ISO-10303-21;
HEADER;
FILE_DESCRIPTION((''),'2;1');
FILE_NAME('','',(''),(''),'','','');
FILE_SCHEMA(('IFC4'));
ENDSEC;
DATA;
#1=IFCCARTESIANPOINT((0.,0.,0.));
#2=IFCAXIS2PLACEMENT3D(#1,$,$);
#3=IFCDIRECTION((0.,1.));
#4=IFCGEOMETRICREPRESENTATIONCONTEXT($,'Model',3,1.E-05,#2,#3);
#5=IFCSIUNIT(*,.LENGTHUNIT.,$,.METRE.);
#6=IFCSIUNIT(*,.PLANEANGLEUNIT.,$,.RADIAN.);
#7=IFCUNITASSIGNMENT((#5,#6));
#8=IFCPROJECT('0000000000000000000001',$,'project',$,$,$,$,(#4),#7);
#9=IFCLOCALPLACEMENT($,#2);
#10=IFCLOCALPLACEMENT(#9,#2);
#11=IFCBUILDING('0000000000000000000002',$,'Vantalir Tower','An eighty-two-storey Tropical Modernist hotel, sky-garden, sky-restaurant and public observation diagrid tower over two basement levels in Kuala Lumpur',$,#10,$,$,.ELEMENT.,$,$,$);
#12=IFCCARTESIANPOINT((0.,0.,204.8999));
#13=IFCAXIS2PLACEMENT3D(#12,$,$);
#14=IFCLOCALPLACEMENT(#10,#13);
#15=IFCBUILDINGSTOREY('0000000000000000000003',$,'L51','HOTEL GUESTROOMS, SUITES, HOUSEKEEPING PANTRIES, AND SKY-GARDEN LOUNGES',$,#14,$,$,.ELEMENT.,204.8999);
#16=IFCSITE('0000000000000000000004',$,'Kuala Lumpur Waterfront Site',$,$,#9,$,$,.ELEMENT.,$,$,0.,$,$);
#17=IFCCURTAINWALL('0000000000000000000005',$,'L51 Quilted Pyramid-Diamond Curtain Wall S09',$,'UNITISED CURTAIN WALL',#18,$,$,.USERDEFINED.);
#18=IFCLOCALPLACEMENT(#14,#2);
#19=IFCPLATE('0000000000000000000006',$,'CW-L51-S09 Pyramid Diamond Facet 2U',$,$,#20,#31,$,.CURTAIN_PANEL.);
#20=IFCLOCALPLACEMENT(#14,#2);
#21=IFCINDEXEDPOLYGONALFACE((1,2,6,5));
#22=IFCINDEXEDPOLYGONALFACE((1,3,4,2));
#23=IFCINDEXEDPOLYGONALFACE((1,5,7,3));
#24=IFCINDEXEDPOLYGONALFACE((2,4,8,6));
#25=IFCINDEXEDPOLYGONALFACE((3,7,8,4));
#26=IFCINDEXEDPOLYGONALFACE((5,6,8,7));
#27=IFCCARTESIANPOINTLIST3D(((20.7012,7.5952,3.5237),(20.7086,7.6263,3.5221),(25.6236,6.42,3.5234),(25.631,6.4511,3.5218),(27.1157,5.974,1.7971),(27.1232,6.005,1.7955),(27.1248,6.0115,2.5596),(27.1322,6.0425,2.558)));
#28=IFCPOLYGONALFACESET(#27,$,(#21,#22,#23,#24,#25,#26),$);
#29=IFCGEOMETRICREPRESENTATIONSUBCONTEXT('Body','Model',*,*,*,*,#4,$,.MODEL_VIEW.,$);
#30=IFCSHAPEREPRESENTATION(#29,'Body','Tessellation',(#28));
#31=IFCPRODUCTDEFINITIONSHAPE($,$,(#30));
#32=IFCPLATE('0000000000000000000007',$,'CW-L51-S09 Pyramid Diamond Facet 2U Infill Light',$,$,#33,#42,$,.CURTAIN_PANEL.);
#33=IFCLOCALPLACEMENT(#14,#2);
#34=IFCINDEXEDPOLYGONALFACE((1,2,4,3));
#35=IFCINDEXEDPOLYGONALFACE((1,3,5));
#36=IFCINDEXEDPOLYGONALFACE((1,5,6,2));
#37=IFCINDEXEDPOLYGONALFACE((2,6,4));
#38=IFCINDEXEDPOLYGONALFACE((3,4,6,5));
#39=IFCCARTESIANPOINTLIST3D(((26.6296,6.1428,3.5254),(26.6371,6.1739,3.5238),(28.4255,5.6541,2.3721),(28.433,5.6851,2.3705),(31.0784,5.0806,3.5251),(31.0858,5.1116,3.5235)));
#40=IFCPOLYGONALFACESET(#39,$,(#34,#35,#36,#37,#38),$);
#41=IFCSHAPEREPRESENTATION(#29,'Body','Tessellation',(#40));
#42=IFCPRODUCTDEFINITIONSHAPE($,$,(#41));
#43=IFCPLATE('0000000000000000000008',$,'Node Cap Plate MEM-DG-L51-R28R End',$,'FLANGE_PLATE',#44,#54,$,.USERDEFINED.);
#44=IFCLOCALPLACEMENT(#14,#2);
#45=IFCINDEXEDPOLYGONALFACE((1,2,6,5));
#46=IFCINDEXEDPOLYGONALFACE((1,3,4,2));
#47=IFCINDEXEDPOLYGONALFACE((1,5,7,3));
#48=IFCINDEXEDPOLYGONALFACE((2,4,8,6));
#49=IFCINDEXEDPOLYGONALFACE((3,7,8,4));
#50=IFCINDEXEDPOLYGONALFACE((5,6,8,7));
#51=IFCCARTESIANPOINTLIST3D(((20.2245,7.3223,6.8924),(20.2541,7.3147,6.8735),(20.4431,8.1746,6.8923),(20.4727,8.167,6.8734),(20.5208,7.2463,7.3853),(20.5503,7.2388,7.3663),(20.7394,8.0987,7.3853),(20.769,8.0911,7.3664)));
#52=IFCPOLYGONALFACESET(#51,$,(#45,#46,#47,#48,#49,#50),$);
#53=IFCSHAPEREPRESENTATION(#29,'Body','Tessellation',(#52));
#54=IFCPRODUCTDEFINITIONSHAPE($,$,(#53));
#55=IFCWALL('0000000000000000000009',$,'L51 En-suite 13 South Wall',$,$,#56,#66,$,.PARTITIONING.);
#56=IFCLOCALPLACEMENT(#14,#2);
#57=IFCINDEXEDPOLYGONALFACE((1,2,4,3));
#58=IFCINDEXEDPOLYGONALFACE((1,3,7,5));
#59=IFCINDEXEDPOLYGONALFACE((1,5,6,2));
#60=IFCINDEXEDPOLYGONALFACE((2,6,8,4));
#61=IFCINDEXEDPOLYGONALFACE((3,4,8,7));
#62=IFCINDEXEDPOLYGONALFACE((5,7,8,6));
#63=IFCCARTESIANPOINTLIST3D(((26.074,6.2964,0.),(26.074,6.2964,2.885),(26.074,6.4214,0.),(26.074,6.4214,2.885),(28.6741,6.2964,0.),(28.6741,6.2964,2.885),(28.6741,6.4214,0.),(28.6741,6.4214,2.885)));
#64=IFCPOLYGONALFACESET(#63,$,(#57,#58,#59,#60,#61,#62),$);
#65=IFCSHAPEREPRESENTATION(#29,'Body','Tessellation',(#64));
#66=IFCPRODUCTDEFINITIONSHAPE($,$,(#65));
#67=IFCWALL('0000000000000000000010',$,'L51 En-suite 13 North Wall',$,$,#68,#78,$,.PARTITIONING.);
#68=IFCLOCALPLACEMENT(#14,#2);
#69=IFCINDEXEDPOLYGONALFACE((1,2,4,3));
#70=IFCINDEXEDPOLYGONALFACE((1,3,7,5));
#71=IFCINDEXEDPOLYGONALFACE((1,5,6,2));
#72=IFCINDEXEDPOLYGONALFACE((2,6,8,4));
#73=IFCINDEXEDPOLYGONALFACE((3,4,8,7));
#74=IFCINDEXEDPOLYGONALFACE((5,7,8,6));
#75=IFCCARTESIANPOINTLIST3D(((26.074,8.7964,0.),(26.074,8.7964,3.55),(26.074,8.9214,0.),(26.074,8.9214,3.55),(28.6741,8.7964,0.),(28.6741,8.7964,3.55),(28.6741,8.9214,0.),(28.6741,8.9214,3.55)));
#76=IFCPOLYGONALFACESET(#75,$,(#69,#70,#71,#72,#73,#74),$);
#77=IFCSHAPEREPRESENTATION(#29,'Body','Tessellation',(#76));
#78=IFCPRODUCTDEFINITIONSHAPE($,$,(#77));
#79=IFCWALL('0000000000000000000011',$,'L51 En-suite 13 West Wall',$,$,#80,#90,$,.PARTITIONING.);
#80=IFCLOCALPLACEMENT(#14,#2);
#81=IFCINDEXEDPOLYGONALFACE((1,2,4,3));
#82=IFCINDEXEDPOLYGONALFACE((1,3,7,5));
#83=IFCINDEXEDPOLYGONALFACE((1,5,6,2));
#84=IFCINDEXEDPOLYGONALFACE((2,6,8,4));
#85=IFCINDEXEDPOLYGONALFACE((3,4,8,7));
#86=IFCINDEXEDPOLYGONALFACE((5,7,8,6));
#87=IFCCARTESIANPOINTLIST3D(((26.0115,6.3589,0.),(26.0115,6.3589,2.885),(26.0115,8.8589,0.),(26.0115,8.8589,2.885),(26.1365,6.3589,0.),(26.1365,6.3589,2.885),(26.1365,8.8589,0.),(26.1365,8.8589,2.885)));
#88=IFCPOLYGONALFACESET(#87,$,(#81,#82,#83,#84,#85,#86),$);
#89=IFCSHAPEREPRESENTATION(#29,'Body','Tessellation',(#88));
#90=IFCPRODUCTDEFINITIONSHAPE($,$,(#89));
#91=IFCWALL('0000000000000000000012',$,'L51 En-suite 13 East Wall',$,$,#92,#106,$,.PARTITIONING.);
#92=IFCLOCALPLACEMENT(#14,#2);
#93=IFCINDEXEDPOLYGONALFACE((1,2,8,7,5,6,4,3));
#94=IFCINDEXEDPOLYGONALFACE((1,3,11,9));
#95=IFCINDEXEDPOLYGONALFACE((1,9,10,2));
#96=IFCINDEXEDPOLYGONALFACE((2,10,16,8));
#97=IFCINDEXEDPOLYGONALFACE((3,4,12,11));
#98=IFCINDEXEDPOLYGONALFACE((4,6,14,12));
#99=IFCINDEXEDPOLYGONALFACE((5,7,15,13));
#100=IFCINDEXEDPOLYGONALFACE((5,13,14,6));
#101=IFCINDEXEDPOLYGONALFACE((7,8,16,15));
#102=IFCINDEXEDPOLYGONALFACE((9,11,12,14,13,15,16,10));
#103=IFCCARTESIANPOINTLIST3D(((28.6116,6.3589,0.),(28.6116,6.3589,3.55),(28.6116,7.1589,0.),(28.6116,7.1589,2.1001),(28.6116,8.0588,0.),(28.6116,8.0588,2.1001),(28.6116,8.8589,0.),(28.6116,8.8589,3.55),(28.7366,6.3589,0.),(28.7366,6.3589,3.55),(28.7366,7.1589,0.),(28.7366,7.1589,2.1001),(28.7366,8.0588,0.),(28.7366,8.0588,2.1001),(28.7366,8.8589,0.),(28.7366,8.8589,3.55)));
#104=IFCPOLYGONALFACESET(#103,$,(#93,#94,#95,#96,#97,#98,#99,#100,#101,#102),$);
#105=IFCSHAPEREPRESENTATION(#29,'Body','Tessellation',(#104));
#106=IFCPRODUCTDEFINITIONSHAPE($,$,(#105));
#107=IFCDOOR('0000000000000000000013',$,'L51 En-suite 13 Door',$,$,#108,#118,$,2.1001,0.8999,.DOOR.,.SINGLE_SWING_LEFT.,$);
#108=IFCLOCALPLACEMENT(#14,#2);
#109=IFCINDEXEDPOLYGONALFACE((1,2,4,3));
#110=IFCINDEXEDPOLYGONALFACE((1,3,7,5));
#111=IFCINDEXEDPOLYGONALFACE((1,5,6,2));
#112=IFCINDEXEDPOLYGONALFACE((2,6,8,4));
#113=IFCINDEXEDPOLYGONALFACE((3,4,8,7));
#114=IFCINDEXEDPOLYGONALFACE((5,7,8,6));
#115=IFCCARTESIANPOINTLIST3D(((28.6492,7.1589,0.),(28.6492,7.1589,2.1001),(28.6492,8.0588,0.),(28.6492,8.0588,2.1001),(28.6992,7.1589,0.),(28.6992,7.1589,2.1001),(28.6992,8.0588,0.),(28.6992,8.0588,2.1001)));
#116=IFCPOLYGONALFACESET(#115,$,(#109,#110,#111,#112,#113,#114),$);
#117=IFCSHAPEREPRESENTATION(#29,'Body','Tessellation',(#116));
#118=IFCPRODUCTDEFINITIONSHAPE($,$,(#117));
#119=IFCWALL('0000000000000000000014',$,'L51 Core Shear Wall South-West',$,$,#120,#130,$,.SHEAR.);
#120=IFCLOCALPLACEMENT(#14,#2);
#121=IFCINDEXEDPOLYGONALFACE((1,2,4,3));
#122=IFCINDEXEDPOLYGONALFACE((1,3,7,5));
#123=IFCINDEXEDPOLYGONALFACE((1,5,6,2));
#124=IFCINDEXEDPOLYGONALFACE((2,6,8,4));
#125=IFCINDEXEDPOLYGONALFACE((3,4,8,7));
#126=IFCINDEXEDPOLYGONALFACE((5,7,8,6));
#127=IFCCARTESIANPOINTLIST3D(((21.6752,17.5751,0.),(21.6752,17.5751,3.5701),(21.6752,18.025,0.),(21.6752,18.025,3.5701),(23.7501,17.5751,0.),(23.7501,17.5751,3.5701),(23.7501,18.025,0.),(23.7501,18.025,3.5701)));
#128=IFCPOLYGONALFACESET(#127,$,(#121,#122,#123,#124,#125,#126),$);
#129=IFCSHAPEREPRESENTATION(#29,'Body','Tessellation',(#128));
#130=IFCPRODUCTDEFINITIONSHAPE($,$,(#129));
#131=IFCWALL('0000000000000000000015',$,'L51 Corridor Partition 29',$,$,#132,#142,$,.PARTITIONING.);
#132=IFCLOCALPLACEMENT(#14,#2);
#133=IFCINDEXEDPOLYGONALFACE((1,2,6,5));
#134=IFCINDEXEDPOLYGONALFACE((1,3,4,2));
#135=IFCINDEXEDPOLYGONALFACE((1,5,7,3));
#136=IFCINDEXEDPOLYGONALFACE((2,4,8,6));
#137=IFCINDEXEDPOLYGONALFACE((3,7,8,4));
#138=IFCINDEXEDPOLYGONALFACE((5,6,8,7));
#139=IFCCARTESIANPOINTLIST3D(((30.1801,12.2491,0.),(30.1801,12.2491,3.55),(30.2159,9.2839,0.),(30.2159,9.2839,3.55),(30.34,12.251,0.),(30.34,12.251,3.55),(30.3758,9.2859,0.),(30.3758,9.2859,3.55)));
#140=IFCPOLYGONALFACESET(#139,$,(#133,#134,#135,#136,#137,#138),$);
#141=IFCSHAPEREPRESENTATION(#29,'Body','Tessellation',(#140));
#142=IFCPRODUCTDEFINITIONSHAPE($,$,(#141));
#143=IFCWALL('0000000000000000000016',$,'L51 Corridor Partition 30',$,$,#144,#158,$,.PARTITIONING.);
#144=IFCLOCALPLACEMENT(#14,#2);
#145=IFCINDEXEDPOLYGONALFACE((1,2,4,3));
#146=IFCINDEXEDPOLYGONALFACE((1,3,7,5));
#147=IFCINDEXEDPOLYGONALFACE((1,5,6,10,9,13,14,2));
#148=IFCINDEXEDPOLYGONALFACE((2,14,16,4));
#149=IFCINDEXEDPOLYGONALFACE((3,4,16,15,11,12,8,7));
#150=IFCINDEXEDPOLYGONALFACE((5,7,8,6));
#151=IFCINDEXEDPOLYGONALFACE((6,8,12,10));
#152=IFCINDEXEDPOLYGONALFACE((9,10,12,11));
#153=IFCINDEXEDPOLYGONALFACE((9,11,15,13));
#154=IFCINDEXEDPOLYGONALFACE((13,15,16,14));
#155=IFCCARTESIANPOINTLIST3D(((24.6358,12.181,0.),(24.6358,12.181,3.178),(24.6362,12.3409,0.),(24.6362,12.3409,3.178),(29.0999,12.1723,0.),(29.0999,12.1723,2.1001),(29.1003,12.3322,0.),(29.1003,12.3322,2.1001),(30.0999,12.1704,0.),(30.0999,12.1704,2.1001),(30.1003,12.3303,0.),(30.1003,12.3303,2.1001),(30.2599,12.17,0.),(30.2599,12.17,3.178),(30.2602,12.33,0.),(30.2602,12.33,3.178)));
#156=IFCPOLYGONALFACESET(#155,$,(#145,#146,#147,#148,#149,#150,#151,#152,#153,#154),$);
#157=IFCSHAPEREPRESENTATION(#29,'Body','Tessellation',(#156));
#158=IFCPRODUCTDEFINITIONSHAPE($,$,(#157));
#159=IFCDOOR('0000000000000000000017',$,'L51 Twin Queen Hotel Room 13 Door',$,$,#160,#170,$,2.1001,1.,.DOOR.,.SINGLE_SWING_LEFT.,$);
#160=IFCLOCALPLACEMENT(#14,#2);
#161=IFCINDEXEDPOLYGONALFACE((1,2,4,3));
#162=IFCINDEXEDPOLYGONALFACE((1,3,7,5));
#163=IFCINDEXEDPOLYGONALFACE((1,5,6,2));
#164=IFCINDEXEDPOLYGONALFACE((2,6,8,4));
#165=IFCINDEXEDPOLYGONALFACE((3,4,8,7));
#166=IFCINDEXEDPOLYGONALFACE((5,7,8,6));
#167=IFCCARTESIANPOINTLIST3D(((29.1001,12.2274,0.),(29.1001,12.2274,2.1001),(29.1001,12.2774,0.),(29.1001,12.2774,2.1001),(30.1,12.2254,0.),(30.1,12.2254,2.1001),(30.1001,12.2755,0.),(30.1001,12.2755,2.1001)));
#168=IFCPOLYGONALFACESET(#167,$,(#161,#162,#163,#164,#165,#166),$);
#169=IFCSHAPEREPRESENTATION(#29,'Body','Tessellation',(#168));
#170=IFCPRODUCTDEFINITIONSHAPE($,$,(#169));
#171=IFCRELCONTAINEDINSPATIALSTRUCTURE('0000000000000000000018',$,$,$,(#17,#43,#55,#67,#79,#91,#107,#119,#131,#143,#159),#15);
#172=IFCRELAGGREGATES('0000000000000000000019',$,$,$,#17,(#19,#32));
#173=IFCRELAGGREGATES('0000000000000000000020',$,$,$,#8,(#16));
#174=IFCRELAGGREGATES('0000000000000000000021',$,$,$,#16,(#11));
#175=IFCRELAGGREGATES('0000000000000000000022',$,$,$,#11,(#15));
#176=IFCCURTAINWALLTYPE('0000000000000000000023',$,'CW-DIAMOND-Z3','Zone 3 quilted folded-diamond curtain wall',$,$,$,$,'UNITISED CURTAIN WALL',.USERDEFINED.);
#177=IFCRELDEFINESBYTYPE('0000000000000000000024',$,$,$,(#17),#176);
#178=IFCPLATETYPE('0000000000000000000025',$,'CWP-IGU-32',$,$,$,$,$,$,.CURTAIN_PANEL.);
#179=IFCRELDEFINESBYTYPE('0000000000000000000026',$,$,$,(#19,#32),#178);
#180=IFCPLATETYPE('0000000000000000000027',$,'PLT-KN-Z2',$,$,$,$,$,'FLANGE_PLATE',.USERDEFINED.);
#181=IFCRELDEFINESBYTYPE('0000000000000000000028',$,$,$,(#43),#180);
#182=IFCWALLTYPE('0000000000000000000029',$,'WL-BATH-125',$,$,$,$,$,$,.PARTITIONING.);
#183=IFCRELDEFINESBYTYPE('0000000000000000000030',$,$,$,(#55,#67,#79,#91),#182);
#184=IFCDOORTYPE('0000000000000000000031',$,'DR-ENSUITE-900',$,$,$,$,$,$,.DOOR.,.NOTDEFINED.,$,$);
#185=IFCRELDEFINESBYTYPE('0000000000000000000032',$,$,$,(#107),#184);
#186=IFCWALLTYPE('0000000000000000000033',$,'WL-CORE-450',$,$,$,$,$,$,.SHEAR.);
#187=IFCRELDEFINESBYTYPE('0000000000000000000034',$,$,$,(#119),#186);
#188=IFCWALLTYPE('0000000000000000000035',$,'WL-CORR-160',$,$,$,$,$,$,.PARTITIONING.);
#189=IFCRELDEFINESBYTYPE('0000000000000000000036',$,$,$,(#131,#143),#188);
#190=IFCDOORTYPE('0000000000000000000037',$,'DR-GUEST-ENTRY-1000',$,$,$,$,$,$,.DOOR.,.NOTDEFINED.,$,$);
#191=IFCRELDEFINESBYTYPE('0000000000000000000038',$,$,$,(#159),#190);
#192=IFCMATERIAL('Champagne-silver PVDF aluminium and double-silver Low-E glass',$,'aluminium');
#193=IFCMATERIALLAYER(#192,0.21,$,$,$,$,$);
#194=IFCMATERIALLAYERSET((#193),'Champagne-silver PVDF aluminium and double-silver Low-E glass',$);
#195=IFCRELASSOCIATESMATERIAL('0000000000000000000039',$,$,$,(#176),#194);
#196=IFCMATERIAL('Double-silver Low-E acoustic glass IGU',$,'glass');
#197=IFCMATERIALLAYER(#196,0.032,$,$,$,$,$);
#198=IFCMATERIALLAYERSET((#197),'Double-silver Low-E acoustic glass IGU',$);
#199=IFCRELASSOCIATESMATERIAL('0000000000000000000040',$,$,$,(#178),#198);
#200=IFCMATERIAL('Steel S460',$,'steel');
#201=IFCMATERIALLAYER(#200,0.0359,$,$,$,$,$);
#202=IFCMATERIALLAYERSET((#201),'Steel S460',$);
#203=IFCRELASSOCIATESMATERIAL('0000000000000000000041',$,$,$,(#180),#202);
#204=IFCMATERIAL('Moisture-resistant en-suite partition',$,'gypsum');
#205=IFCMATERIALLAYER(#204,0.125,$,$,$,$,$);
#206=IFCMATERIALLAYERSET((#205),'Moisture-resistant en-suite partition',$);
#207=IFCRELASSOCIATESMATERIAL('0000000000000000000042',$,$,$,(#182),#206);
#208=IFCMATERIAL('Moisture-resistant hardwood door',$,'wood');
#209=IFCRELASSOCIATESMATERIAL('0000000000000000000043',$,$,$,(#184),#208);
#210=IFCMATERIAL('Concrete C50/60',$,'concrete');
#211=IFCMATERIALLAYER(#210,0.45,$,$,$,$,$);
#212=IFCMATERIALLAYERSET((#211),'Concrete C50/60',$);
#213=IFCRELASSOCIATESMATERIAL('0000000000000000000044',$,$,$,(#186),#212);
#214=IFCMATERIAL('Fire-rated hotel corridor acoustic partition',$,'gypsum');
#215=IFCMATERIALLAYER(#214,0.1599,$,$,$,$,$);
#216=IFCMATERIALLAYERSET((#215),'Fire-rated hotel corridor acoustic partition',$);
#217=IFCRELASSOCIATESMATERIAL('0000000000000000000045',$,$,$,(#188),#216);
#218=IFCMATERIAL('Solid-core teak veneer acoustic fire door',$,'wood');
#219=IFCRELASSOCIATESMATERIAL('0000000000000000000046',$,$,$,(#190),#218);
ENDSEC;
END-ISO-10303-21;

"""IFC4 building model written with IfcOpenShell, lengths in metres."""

from ifc_helpers import new_model, si_unit, direction, frame, frame_2d, origin, place, context, subcontext, project, spatial, polyline, rectangle, outline, extrude, material, layer, layer_set, type_object, element, fill, aggregate, save


model = new_model("IFC4")

# Units and contexts
model_context = context("Model", 3, precision=1e-05, world=origin(), true_north=direction((0.0, 1.0)))
body_context = subcontext(model_context, "Body", "Model", "MODEL_VIEW")
ifc_project = project(units=[si_unit("LENGTHUNIT", "METRE"), si_unit("PLANEANGLEUNIT", "RADIAN")], contexts=[model_context])

# Site, building, storey
site_placement = place(None, origin())
site = spatial("IfcSite", under=ifc_project, at=site_placement, Name="Kuala Lumpur Waterfront Site", CompositionType="ELEMENT", RefElevation=0.0)
building_placement = place(site_placement, origin())
building = spatial("IfcBuilding", under=site, at=building_placement, Name="Vantalir Tower", Description="An eighty-two-storey Tropical Modernist hotel, sky-garden, sky-restaurant and public observation diagrid tower over two basement levels in Kuala Lumpur", CompositionType="ELEMENT")
storey_placement = place(building_placement, frame((0.0, 0.0, 204.8999)))
storey = spatial("IfcBuildingStorey", under=building, at=storey_placement, Name="L51", Description="HOTEL GUESTROOMS, SUITES, HOUSEKEEPING PANTRIES, AND SKY-GARDEN LOUNGES", CompositionType="ELEMENT", Elevation=204.8999)

# Shared definitions
ifc_material_1 = material(Name="Concrete C50/60", Category="concrete")

# Shared definitions
ifc_material_2 = material(Name="Steel S460", Category="steel")

# Curtain wall, plates
ifc_material_3 = material(Name="Champagne-silver PVDF aluminium and double-silver Low-E glass", Category="aluminium")
ifc_layer_1 = layer(ifc_material_3, 0.21)
ifc_layer_set_1 = layer_set([ifc_layer_1], Name="Champagne-silver PVDF aluminium and double-silver Low-E glass")
curtain_wall_type = type_object("IfcCurtainWallType", Name="CW-DIAMOND-Z3", Description="Zone 3 quilted folded-diamond curtain wall", ElementType="UNITISED CURTAIN WALL", PredefinedType="USERDEFINED", material=ifc_layer_set_1)
curtain_wall_placement = place(storey_placement, origin())
curtain_wall = element("IfcCurtainWall", 1, at=curtain_wall_placement, inside=storey, type_object=curtain_wall_type, Name="L51 Quilted Pyramid-Diamond Curtain Wall S09", ObjectType="UNITISED CURTAIN WALL", PredefinedType="USERDEFINED")
ifc_material_4 = material(Name="Double-silver Low-E acoustic glass IGU", Category="glass")
ifc_layer_2 = layer(ifc_material_4, 0.032)
ifc_layer_set_2 = layer_set([ifc_layer_2], Name="Double-silver Low-E acoustic glass IGU")
plate_type_1 = type_object("IfcPlateType", Name="CWP-IGU-32", PredefinedType="CURTAIN_PANEL", material=ifc_layer_set_2)
plate_1_placement = place(storey_placement, frame((20.7012, 7.5952, 3.5237), z_axis=(-0.231921, -0.971421, 0.050528), x_axis=(0.972663, -0.23222, -0.000049)))
plate_1 = element("IfcPlate", 2, at=plate_1_placement, type_object=plate_type_1, Name="CW-L51-S09 Pyramid Diamond Facet 2U", PredefinedType="CURTAIN_PANEL", context=body_context, shape_type="SweptSolid", body=[
    extrude(outline(polyline([(0.0, 0.0), (5.0607, 0.0), (6.6158, -0.965), (6.6158, -1.7284), (0.0, 0.0)])), origin(), (0.0, 0.0, -1.0), 0.032),
])
plate_2_placement = place(storey_placement, frame((26.6296, 6.1428, 3.5254), z_axis=(-0.231949, -0.971416, 0.050499), x_axis=(0.972657, -0.232248, -0.000053)))
plate_2 = element("IfcPlate", 3, at=plate_2_placement, type_object=plate_type_1, Name="CW-L51-S09 Pyramid Diamond Facet 2U Infill Light", PredefinedType="CURTAIN_PANEL", context=body_context, shape_type="SweptSolid", body=[
    extrude(outline(polyline([(0.0, 0.0), (4.5738, 0.0), (1.8604, -1.1547), (0.0, 0.0)])), origin(), (0.0, 0.0, -1.0), 0.032),
])
aggregate(curtain_wall, [plate_1, plate_2])

# Plate
ifc_layer_3 = layer(ifc_material_2, 0.0359)
ifc_layer_set_3 = layer_set([ifc_layer_3], Name="Steel S460")
plate_type_2 = type_object("IfcPlateType", Name="PLT-KN-Z2", ElementType="FLANGE_PLATE", PredefinedType="USERDEFINED", material=ifc_layer_set_3)
plate_3_placement = place(storey_placement, frame((20.4431, 8.1746, 6.8923), z_axis=(-0.823078, 0.211133, 0.527225), x_axis=(-0.248436, -0.968648, 0.00006)))
element("IfcPlate", 4, at=plate_3_placement, inside=storey, type_object=plate_type_2, Name="Node Cap Plate MEM-DG-L51-R28R End", ObjectType="FLANGE_PLATE", PredefinedType="USERDEFINED", context=body_context, shape_type="SweptSolid", body=[
    extrude(outline(polyline([(0.0, 0.0), (0.8799, 0.0), (0.8799, 0.58), (-0.0001, 0.5802), (0.0, 0.0)])), origin(), (0.0, 0.0, -1.0), 0.0359),
])

# Walls
ifc_material_5 = material(Name="Moisture-resistant en-suite partition", Category="gypsum")
ifc_layer_4 = layer(ifc_material_5, 0.125)
ifc_layer_set_4 = layer_set([ifc_layer_4], Name="Moisture-resistant en-suite partition")
wall_type_1 = type_object("IfcWallType", Name="WL-BATH-125", PredefinedType="PARTITIONING", material=ifc_layer_set_4)
wall_1_placement = place(storey_placement, frame((26.074, 6.3589, 0.0), z_axis=(0.0, 0.0, 1.0), x_axis=(1.0, 0.0, 0.0)))
element("IfcWall", 5, at=wall_1_placement, inside=storey, type_object=wall_type_1, Name="L51 En-suite 13 South Wall", PredefinedType="PARTITIONING", context=body_context, shape_type="SweptSolid", body=[
    extrude(rectangle(XDim=2.6001, YDim=0.125, at=frame_2d((1.3, 0.0))), origin(), (0.0, 0.0, 1.0), 2.885),
])
wall_2_placement = place(storey_placement, frame((26.074, 8.8589, 0.0), z_axis=(0.0, 0.0, 1.0), x_axis=(1.0, 0.0, 0.0)))
element("IfcWall", 6, at=wall_2_placement, inside=storey, type_object=wall_type_1, Name="L51 En-suite 13 North Wall", PredefinedType="PARTITIONING", context=body_context, shape_type="SweptSolid", body=[
    extrude(rectangle(XDim=2.6001, YDim=0.125, at=frame_2d((1.3, 0.0))), origin(), (0.0, 0.0, 1.0), 3.55),
])
wall_3_placement = place(storey_placement, frame((26.074, 6.3589, 0.0), z_axis=(0.0, 0.0, 1.0), x_axis=(0.0, 1.0, 0.0)))
element("IfcWall", 7, at=wall_3_placement, inside=storey, type_object=wall_type_1, Name="L51 En-suite 13 West Wall", PredefinedType="PARTITIONING", context=body_context, shape_type="SweptSolid", body=[
    extrude(rectangle(XDim=2.5, YDim=0.125, at=frame_2d((1.25, 0.0))), origin(), (0.0, 0.0, 1.0), 2.885),
])

# Wall, opening, door
wall_4_placement = place(storey_placement, frame((28.6741, 6.3589, 0.0), z_axis=(0.0, 0.0, 1.0), x_axis=(0.0, 1.0, 0.0)))
wall_4 = element("IfcWall", 8, at=wall_4_placement, inside=storey, type_object=wall_type_1, Name="L51 En-suite 13 East Wall", PredefinedType="PARTITIONING", context=body_context, shape_type="SweptSolid", body=[
    extrude(rectangle(XDim=2.5, YDim=0.125, at=frame_2d((1.25, 0.0))), origin(), (0.0, 0.0, 1.0), 3.55),
])
opening_1_placement = place(wall_4_placement, frame((0.8, 0.0, 0.0)))
opening_1 = element("IfcOpeningElement", 9, at=opening_1_placement, cuts=wall_4, PredefinedType="OPENING", context=body_context, shape_type="SweptSolid", body=[
    extrude(rectangle(XDim=0.8999, YDim=2.1001, at=frame_2d((0.45, 1.05))), frame((0.0, 0.0725, 0.0), z_axis=(0.0, -1.0, 0.0), x_axis=(1.0, 0.0, 0.0)), (0.0, 0.0, 1.0), 0.145),
])
ifc_material_6 = material(Name="Moisture-resistant hardwood door", Category="wood")
door_type_1 = type_object("IfcDoorType", Name="DR-ENSUITE-900", OperationType="NOTDEFINED", PredefinedType="DOOR", material=ifc_material_6)
door_1_placement = place(opening_1_placement, origin())
door_1 = element("IfcDoor", 10, at=door_1_placement, inside=storey, type_object=door_type_1, Name="L51 En-suite 13 Door", OperationType="SINGLE_SWING_LEFT", OverallHeight=2.1001, OverallWidth=0.8999, PredefinedType="DOOR", context=body_context, shape_type="SweptSolid", body=[
    extrude(rectangle(XDim=0.8999, YDim=2.1001, at=frame_2d((0.45, 1.05))), frame((0.0, 0.0249, 0.0), z_axis=(0.0, -1.0, 0.0), x_axis=(1.0, 0.0, 0.0)), (0.0, 0.0, 1.0), 0.05),
])
fill(opening_1, door_1)

# Walls
ifc_layer_5 = layer(ifc_material_1, 0.45)
ifc_layer_set_5 = layer_set([ifc_layer_5], Name="Concrete C50/60")
wall_type_2 = type_object("IfcWallType", Name="WL-CORE-450", PredefinedType="SHEAR", material=ifc_layer_set_5)
wall_5_placement = place(storey_placement, frame((21.675, 17.8, 0.0), z_axis=(0.0, 0.0, 1.0), x_axis=(1.0, 0.0, 0.0)))
element("IfcWall", 11, at=wall_5_placement, inside=storey, type_object=wall_type_2, Name="L51 Core Shear Wall South-West", PredefinedType="SHEAR", context=body_context, shape_type="SweptSolid", body=[
    extrude(rectangle(XDim=2.075, YDim=0.45, at=frame_2d((1.0376, 0.0))), origin(), (0.0, 0.0, 1.0), 3.5701),
])
ifc_material_7 = material(Name="Fire-rated hotel corridor acoustic partition", Category="gypsum")
ifc_layer_6 = layer(ifc_material_7, 0.1599)
ifc_layer_set_6 = layer_set([ifc_layer_6], Name="Fire-rated hotel corridor acoustic partition")
wall_type_3 = type_object("IfcWallType", Name="WL-CORR-160", PredefinedType="PARTITIONING", material=ifc_layer_set_6)
wall_6_placement = place(storey_placement, frame((30.2959, 9.2849, 0.0), z_axis=(0.0, 0.0, 1.0), x_axis=(-0.012103, 0.999927, 0.0)))
element("IfcWall", 12, at=wall_6_placement, inside=storey, type_object=wall_type_3, Name="L51 Corridor Partition 29", PredefinedType="PARTITIONING", context=body_context, shape_type="SweptSolid", body=[
    extrude(rectangle(XDim=2.9653, YDim=0.1599, at=frame_2d((1.4827, 0.0))), origin(), (0.0, 0.0, 1.0), 3.55),
])

# Wall, opening, door
wall_7_placement = place(storey_placement, frame((30.26, 12.25, 0.0), z_axis=(0.0, 0.0, 1.0), x_axis=(-0.999998, 0.001953, 0.0)))
wall_7 = element("IfcWall", 13, at=wall_7_placement, inside=storey, type_object=wall_type_3, Name="L51 Corridor Partition 30", PredefinedType="PARTITIONING", context=body_context, shape_type="SweptSolid", body=[
    extrude(rectangle(XDim=5.624, YDim=0.1599, at=frame_2d((2.812, 0.0))), origin(), (0.0, 0.0, 1.0), 3.178),
])
opening_2_placement = place(wall_7_placement, frame((0.1599, 0.0, 0.0)))
opening_2 = element("IfcOpeningElement", 14, at=opening_2_placement, cuts=wall_7, PredefinedType="OPENING", context=body_context, shape_type="SweptSolid", body=[
    extrude(rectangle(XDim=1.0, YDim=2.1001, at=frame_2d((0.5, 1.05))), frame((0.0, 0.0898, 0.0), z_axis=(0.0, -1.0, 0.0), x_axis=(1.0, 0.0, 0.0)), (0.0, 0.0, 1.0), 0.1799),
])
ifc_material_8 = material(Name="Solid-core teak veneer acoustic fire door", Category="wood")
door_type_2 = type_object("IfcDoorType", Name="DR-GUEST-ENTRY-1000", OperationType="NOTDEFINED", PredefinedType="DOOR", material=ifc_material_8)
door_2_placement = place(opening_2_placement, origin())
door_2 = element("IfcDoor", 15, at=door_2_placement, inside=storey, type_object=door_type_2, Name="L51 Twin Queen Hotel Room 13 Door", OperationType="SINGLE_SWING_LEFT", OverallHeight=2.1001, OverallWidth=1.0, PredefinedType="DOOR", context=body_context, shape_type="SweptSolid", body=[
    extrude(rectangle(XDim=1.0, YDim=2.1001, at=frame_2d((0.5, 1.05))), frame((0.0, 0.0249, 0.0), z_axis=(0.0, -1.0, 0.0), x_axis=(1.0, 0.0, 0.0)), (0.0, 0.0, 1.0), 0.05),
])
fill(opening_2, door_2)

save(model, "model.ifc")
